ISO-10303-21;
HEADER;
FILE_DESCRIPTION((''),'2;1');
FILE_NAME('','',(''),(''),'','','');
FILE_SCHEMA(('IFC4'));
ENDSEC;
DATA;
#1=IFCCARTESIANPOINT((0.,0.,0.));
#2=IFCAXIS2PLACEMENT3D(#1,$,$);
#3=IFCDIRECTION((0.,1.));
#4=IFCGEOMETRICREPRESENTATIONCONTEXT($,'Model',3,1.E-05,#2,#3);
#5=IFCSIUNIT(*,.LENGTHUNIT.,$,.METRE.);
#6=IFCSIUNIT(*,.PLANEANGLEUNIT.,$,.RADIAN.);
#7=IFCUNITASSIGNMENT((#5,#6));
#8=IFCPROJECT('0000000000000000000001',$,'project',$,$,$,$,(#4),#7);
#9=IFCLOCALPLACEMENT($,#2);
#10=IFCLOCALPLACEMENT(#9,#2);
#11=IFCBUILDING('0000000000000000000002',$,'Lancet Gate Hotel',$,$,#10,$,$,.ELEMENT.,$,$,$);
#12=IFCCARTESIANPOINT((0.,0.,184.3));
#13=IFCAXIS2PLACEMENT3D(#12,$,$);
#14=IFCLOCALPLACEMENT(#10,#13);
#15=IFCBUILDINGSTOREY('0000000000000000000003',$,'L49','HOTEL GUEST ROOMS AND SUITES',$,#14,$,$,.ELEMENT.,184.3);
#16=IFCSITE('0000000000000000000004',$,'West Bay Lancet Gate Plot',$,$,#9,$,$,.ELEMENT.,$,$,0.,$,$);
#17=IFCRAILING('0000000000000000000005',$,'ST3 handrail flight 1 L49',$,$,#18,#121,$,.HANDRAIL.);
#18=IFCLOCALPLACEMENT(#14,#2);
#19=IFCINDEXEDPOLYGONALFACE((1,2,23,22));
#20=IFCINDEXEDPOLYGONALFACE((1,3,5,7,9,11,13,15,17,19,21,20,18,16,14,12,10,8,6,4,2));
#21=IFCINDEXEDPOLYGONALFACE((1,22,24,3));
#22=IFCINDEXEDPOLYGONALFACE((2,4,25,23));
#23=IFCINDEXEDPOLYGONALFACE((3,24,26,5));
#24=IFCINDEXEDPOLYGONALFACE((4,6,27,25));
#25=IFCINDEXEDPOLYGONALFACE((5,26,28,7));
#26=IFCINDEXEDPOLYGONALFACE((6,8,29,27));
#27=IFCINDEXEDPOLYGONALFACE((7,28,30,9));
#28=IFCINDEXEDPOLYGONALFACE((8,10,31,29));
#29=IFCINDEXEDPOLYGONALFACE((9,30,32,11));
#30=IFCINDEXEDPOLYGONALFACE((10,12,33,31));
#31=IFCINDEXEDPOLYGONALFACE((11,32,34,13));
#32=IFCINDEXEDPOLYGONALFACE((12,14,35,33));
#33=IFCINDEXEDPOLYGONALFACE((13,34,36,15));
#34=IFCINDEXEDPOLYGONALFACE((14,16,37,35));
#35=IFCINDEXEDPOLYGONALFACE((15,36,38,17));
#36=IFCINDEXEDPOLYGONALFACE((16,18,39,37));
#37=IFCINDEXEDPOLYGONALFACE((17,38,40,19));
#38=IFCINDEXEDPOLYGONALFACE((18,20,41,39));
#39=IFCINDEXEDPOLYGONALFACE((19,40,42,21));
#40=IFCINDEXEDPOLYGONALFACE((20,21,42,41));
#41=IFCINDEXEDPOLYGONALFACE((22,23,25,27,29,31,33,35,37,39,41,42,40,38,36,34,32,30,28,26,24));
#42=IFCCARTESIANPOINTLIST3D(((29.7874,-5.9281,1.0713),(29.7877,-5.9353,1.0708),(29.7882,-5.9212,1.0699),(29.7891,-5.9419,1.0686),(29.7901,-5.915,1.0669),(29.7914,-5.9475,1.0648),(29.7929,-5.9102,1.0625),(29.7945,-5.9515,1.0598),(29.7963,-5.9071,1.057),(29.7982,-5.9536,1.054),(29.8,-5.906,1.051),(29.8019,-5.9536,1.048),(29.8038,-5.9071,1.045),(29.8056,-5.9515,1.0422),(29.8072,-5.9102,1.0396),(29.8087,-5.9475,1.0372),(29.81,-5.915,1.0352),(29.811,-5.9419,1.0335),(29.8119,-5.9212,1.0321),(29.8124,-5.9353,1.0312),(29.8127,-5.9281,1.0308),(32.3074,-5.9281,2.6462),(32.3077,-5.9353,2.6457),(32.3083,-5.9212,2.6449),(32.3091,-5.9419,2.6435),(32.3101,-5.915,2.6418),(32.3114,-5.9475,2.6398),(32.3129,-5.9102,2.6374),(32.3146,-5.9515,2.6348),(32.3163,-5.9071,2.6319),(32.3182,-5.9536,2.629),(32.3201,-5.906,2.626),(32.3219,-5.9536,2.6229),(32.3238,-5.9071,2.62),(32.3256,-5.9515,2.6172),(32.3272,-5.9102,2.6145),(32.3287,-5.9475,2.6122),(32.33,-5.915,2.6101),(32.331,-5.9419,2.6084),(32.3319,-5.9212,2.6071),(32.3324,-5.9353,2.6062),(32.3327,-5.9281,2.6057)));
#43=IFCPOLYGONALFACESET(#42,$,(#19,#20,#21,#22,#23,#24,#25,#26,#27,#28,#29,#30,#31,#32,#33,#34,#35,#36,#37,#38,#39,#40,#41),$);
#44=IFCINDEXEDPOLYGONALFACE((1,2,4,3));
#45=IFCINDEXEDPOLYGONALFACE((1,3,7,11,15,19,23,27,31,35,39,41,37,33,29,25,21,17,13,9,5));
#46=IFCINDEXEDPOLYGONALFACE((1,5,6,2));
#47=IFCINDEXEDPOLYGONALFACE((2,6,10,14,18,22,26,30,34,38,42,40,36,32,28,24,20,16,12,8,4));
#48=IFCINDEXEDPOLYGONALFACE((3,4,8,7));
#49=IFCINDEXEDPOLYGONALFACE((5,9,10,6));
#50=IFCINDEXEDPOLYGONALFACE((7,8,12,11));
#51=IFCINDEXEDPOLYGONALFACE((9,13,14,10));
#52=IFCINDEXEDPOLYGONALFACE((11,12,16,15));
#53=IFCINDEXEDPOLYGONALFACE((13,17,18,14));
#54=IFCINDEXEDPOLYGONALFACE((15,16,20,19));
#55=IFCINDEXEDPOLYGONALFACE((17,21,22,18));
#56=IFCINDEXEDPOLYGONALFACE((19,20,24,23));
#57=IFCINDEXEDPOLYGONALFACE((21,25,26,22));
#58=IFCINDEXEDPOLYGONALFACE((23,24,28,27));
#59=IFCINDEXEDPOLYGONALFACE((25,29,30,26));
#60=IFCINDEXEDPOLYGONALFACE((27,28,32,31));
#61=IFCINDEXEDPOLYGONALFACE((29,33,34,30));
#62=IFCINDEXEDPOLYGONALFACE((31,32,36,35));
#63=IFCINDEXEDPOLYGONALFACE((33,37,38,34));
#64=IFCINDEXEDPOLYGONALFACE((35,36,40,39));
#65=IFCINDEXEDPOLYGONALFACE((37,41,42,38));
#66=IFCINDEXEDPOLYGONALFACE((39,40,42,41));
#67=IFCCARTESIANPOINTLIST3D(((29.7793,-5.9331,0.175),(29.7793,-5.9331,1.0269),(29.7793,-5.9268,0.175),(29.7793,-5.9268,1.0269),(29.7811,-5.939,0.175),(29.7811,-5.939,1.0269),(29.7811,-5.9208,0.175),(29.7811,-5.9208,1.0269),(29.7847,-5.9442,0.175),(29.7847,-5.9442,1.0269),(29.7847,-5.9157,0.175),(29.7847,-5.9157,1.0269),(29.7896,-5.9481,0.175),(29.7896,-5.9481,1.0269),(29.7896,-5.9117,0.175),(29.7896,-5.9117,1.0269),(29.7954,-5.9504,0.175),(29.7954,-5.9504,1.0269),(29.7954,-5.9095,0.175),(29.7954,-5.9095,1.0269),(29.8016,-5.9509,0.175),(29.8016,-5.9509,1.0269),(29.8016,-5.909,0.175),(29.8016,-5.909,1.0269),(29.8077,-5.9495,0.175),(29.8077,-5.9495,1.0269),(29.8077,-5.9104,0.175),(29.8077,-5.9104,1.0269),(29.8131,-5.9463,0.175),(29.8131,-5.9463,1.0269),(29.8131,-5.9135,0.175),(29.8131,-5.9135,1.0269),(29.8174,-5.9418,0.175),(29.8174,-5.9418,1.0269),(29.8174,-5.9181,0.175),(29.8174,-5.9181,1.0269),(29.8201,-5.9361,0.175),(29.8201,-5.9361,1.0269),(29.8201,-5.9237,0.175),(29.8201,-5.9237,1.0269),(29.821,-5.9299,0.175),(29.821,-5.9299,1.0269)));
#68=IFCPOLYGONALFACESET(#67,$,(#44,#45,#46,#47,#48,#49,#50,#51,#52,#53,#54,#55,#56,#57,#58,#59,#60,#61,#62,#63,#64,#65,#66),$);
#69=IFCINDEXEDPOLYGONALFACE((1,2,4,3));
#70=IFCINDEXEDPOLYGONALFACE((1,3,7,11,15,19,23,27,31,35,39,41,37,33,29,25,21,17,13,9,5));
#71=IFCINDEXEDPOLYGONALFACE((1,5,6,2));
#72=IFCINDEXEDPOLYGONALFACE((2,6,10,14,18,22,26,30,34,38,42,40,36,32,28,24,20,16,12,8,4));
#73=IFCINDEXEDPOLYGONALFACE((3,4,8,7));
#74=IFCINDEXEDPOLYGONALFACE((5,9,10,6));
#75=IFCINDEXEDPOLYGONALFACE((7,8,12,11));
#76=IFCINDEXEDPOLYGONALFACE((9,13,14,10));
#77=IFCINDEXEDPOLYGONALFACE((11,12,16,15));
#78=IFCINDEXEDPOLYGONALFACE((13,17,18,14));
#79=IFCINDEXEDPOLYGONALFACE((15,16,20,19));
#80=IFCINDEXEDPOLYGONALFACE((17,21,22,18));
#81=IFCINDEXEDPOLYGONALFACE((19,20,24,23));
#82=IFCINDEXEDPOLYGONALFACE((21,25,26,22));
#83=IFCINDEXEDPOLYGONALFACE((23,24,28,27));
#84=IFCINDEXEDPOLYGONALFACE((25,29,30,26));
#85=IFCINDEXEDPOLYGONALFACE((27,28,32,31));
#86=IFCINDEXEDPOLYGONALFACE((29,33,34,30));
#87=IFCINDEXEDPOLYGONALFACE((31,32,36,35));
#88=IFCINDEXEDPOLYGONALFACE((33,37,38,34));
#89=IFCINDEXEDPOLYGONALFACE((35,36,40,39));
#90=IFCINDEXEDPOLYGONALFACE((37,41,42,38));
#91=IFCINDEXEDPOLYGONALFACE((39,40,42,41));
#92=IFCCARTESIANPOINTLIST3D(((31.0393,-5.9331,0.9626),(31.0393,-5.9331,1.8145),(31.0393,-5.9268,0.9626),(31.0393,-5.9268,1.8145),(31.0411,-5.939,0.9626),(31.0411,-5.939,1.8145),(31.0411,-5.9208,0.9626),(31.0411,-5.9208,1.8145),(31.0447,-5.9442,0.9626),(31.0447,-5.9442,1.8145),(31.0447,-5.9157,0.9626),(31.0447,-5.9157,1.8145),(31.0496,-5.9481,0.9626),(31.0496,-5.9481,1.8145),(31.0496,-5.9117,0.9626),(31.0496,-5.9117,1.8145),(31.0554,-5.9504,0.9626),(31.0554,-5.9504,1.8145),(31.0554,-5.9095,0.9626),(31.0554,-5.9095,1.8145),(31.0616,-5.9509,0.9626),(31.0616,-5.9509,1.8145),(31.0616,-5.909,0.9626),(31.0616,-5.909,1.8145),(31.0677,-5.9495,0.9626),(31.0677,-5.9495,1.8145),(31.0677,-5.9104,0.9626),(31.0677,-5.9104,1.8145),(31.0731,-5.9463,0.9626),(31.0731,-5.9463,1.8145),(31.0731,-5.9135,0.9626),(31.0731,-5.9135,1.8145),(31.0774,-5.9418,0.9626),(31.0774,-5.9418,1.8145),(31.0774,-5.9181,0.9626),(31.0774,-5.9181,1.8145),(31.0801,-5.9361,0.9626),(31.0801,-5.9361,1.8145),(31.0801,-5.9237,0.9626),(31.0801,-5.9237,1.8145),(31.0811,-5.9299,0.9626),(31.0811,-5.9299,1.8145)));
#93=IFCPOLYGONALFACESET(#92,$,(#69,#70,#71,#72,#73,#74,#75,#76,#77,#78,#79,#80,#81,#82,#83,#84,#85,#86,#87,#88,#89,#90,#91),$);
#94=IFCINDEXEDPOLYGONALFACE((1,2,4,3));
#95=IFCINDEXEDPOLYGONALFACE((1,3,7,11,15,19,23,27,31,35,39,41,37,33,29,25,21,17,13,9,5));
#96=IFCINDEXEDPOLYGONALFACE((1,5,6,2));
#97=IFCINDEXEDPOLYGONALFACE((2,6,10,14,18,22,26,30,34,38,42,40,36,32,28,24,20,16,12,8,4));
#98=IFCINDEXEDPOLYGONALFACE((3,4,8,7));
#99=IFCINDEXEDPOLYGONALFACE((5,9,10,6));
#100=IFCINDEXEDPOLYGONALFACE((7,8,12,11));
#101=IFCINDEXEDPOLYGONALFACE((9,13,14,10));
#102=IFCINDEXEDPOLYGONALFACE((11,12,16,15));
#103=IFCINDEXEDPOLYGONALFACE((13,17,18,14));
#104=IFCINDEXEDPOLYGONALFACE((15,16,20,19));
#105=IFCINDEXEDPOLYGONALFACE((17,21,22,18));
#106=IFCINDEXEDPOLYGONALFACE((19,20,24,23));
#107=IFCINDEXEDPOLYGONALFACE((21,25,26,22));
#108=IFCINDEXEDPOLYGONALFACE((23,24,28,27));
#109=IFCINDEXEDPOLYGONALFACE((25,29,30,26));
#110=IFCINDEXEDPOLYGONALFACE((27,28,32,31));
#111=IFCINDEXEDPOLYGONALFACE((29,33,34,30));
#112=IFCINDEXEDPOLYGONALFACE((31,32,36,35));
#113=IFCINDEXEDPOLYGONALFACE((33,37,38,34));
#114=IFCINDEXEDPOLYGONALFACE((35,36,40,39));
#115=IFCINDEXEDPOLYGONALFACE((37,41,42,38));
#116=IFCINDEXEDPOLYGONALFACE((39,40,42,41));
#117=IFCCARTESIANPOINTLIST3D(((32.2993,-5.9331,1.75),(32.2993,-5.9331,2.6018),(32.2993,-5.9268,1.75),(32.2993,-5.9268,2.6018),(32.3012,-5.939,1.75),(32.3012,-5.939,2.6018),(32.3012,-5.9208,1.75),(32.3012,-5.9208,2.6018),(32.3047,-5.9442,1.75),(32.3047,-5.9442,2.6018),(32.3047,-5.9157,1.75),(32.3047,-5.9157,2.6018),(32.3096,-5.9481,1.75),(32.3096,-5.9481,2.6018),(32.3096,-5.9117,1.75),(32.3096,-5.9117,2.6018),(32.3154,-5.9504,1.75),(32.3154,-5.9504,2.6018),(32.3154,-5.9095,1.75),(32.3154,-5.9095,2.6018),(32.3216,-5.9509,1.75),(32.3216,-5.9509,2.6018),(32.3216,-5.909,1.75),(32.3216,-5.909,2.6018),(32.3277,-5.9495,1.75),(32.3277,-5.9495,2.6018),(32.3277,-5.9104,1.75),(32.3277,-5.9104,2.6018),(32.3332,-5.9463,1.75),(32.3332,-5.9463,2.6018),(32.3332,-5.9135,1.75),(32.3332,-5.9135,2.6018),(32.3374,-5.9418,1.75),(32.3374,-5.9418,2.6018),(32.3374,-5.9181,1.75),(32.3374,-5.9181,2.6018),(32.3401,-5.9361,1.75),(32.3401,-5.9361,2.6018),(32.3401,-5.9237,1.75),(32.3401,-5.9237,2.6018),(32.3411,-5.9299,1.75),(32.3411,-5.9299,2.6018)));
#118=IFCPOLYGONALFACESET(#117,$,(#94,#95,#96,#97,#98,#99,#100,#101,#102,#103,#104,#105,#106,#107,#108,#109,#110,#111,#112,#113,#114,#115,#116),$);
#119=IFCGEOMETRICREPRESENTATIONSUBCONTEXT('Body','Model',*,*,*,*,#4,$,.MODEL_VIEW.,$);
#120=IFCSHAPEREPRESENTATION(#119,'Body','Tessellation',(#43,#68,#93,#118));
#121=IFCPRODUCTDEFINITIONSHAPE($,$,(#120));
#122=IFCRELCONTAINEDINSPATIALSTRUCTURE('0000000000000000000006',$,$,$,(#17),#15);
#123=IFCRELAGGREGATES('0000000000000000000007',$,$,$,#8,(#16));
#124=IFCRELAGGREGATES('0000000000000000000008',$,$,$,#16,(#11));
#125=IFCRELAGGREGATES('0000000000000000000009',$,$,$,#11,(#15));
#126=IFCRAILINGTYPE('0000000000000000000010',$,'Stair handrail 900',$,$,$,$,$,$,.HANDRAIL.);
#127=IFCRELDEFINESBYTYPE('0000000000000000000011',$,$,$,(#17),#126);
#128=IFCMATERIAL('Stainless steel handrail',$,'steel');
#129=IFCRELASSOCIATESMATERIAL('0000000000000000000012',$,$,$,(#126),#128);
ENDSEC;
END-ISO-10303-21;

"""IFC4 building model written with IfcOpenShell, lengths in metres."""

from ifc_helpers import new_model, si_unit, direction, frame, origin, origin_2d, place, context, subcontext, project, spatial, circle, extrude, material, type_object, element, save


model = new_model("IFC4")

# Units and contexts
model_context = context("Model", 3, precision=1e-05, world=origin(), true_north=direction((0.0, 1.0)))
body_context = subcontext(model_context, "Body", "Model", "MODEL_VIEW")
ifc_project = project(units=[si_unit("LENGTHUNIT", "METRE"), si_unit("PLANEANGLEUNIT", "RADIAN")], contexts=[model_context])

# Site, building, storey
site_placement = place(None, origin())
site = spatial("IfcSite", under=ifc_project, at=site_placement, Name="West Bay Lancet Gate Plot", CompositionType="ELEMENT", RefElevation=0.0)
building_placement = place(site_placement, origin())
building = spatial("IfcBuilding", under=site, at=building_placement, Name="Lancet Gate Hotel", CompositionType="ELEMENT")
storey_placement = place(building_placement, frame((0.0, 0.0, 184.3)))
storey = spatial("IfcBuildingStorey", under=building, at=storey_placement, Name="L49", Description="HOTEL GUEST ROOMS AND SUITES", CompositionType="ELEMENT", Elevation=184.3)

# Railing
ifc_material_1 = material(Name="Stainless steel handrail", Category="steel")
railing_type = type_object("IfcRailingType", Name="Stair handrail 900", PredefinedType="HANDRAIL", material=ifc_material_1)
railing_1_placement = place(storey_placement, frame((29.8, -5.9299, 0.175)))
element("IfcRailing", 1, at=railing_1_placement, inside=storey, type_object=railing_type, Name="ST3 handrail flight 1 L49", PredefinedType="HANDRAIL", context=body_context, shape_type="SweptSolid", body=[
    extrude(circle(Radius=0.0239, at=origin_2d()), frame((0.0, 0.0, 0.876), z_axis=(0.848008, 0.0, 0.529984), x_axis=(0.0, 1.0, 0.0)), (0.0, 0.0, 1.0), 2.9717),
    extrude(circle(Radius=0.021, at=origin_2d()), origin(), (0.0, 0.0, 1.0), 0.8518),
    extrude(circle(Radius=0.021, at=origin_2d()), frame((1.26, 0.0, 0.7876)), (0.0, 0.0, 1.0), 0.8518),
    extrude(circle(Radius=0.021, at=origin_2d()), frame((2.52, 0.0, 1.575)), (0.0, 0.0, 1.0), 0.8518),
])

save(model, "model.ifc")
